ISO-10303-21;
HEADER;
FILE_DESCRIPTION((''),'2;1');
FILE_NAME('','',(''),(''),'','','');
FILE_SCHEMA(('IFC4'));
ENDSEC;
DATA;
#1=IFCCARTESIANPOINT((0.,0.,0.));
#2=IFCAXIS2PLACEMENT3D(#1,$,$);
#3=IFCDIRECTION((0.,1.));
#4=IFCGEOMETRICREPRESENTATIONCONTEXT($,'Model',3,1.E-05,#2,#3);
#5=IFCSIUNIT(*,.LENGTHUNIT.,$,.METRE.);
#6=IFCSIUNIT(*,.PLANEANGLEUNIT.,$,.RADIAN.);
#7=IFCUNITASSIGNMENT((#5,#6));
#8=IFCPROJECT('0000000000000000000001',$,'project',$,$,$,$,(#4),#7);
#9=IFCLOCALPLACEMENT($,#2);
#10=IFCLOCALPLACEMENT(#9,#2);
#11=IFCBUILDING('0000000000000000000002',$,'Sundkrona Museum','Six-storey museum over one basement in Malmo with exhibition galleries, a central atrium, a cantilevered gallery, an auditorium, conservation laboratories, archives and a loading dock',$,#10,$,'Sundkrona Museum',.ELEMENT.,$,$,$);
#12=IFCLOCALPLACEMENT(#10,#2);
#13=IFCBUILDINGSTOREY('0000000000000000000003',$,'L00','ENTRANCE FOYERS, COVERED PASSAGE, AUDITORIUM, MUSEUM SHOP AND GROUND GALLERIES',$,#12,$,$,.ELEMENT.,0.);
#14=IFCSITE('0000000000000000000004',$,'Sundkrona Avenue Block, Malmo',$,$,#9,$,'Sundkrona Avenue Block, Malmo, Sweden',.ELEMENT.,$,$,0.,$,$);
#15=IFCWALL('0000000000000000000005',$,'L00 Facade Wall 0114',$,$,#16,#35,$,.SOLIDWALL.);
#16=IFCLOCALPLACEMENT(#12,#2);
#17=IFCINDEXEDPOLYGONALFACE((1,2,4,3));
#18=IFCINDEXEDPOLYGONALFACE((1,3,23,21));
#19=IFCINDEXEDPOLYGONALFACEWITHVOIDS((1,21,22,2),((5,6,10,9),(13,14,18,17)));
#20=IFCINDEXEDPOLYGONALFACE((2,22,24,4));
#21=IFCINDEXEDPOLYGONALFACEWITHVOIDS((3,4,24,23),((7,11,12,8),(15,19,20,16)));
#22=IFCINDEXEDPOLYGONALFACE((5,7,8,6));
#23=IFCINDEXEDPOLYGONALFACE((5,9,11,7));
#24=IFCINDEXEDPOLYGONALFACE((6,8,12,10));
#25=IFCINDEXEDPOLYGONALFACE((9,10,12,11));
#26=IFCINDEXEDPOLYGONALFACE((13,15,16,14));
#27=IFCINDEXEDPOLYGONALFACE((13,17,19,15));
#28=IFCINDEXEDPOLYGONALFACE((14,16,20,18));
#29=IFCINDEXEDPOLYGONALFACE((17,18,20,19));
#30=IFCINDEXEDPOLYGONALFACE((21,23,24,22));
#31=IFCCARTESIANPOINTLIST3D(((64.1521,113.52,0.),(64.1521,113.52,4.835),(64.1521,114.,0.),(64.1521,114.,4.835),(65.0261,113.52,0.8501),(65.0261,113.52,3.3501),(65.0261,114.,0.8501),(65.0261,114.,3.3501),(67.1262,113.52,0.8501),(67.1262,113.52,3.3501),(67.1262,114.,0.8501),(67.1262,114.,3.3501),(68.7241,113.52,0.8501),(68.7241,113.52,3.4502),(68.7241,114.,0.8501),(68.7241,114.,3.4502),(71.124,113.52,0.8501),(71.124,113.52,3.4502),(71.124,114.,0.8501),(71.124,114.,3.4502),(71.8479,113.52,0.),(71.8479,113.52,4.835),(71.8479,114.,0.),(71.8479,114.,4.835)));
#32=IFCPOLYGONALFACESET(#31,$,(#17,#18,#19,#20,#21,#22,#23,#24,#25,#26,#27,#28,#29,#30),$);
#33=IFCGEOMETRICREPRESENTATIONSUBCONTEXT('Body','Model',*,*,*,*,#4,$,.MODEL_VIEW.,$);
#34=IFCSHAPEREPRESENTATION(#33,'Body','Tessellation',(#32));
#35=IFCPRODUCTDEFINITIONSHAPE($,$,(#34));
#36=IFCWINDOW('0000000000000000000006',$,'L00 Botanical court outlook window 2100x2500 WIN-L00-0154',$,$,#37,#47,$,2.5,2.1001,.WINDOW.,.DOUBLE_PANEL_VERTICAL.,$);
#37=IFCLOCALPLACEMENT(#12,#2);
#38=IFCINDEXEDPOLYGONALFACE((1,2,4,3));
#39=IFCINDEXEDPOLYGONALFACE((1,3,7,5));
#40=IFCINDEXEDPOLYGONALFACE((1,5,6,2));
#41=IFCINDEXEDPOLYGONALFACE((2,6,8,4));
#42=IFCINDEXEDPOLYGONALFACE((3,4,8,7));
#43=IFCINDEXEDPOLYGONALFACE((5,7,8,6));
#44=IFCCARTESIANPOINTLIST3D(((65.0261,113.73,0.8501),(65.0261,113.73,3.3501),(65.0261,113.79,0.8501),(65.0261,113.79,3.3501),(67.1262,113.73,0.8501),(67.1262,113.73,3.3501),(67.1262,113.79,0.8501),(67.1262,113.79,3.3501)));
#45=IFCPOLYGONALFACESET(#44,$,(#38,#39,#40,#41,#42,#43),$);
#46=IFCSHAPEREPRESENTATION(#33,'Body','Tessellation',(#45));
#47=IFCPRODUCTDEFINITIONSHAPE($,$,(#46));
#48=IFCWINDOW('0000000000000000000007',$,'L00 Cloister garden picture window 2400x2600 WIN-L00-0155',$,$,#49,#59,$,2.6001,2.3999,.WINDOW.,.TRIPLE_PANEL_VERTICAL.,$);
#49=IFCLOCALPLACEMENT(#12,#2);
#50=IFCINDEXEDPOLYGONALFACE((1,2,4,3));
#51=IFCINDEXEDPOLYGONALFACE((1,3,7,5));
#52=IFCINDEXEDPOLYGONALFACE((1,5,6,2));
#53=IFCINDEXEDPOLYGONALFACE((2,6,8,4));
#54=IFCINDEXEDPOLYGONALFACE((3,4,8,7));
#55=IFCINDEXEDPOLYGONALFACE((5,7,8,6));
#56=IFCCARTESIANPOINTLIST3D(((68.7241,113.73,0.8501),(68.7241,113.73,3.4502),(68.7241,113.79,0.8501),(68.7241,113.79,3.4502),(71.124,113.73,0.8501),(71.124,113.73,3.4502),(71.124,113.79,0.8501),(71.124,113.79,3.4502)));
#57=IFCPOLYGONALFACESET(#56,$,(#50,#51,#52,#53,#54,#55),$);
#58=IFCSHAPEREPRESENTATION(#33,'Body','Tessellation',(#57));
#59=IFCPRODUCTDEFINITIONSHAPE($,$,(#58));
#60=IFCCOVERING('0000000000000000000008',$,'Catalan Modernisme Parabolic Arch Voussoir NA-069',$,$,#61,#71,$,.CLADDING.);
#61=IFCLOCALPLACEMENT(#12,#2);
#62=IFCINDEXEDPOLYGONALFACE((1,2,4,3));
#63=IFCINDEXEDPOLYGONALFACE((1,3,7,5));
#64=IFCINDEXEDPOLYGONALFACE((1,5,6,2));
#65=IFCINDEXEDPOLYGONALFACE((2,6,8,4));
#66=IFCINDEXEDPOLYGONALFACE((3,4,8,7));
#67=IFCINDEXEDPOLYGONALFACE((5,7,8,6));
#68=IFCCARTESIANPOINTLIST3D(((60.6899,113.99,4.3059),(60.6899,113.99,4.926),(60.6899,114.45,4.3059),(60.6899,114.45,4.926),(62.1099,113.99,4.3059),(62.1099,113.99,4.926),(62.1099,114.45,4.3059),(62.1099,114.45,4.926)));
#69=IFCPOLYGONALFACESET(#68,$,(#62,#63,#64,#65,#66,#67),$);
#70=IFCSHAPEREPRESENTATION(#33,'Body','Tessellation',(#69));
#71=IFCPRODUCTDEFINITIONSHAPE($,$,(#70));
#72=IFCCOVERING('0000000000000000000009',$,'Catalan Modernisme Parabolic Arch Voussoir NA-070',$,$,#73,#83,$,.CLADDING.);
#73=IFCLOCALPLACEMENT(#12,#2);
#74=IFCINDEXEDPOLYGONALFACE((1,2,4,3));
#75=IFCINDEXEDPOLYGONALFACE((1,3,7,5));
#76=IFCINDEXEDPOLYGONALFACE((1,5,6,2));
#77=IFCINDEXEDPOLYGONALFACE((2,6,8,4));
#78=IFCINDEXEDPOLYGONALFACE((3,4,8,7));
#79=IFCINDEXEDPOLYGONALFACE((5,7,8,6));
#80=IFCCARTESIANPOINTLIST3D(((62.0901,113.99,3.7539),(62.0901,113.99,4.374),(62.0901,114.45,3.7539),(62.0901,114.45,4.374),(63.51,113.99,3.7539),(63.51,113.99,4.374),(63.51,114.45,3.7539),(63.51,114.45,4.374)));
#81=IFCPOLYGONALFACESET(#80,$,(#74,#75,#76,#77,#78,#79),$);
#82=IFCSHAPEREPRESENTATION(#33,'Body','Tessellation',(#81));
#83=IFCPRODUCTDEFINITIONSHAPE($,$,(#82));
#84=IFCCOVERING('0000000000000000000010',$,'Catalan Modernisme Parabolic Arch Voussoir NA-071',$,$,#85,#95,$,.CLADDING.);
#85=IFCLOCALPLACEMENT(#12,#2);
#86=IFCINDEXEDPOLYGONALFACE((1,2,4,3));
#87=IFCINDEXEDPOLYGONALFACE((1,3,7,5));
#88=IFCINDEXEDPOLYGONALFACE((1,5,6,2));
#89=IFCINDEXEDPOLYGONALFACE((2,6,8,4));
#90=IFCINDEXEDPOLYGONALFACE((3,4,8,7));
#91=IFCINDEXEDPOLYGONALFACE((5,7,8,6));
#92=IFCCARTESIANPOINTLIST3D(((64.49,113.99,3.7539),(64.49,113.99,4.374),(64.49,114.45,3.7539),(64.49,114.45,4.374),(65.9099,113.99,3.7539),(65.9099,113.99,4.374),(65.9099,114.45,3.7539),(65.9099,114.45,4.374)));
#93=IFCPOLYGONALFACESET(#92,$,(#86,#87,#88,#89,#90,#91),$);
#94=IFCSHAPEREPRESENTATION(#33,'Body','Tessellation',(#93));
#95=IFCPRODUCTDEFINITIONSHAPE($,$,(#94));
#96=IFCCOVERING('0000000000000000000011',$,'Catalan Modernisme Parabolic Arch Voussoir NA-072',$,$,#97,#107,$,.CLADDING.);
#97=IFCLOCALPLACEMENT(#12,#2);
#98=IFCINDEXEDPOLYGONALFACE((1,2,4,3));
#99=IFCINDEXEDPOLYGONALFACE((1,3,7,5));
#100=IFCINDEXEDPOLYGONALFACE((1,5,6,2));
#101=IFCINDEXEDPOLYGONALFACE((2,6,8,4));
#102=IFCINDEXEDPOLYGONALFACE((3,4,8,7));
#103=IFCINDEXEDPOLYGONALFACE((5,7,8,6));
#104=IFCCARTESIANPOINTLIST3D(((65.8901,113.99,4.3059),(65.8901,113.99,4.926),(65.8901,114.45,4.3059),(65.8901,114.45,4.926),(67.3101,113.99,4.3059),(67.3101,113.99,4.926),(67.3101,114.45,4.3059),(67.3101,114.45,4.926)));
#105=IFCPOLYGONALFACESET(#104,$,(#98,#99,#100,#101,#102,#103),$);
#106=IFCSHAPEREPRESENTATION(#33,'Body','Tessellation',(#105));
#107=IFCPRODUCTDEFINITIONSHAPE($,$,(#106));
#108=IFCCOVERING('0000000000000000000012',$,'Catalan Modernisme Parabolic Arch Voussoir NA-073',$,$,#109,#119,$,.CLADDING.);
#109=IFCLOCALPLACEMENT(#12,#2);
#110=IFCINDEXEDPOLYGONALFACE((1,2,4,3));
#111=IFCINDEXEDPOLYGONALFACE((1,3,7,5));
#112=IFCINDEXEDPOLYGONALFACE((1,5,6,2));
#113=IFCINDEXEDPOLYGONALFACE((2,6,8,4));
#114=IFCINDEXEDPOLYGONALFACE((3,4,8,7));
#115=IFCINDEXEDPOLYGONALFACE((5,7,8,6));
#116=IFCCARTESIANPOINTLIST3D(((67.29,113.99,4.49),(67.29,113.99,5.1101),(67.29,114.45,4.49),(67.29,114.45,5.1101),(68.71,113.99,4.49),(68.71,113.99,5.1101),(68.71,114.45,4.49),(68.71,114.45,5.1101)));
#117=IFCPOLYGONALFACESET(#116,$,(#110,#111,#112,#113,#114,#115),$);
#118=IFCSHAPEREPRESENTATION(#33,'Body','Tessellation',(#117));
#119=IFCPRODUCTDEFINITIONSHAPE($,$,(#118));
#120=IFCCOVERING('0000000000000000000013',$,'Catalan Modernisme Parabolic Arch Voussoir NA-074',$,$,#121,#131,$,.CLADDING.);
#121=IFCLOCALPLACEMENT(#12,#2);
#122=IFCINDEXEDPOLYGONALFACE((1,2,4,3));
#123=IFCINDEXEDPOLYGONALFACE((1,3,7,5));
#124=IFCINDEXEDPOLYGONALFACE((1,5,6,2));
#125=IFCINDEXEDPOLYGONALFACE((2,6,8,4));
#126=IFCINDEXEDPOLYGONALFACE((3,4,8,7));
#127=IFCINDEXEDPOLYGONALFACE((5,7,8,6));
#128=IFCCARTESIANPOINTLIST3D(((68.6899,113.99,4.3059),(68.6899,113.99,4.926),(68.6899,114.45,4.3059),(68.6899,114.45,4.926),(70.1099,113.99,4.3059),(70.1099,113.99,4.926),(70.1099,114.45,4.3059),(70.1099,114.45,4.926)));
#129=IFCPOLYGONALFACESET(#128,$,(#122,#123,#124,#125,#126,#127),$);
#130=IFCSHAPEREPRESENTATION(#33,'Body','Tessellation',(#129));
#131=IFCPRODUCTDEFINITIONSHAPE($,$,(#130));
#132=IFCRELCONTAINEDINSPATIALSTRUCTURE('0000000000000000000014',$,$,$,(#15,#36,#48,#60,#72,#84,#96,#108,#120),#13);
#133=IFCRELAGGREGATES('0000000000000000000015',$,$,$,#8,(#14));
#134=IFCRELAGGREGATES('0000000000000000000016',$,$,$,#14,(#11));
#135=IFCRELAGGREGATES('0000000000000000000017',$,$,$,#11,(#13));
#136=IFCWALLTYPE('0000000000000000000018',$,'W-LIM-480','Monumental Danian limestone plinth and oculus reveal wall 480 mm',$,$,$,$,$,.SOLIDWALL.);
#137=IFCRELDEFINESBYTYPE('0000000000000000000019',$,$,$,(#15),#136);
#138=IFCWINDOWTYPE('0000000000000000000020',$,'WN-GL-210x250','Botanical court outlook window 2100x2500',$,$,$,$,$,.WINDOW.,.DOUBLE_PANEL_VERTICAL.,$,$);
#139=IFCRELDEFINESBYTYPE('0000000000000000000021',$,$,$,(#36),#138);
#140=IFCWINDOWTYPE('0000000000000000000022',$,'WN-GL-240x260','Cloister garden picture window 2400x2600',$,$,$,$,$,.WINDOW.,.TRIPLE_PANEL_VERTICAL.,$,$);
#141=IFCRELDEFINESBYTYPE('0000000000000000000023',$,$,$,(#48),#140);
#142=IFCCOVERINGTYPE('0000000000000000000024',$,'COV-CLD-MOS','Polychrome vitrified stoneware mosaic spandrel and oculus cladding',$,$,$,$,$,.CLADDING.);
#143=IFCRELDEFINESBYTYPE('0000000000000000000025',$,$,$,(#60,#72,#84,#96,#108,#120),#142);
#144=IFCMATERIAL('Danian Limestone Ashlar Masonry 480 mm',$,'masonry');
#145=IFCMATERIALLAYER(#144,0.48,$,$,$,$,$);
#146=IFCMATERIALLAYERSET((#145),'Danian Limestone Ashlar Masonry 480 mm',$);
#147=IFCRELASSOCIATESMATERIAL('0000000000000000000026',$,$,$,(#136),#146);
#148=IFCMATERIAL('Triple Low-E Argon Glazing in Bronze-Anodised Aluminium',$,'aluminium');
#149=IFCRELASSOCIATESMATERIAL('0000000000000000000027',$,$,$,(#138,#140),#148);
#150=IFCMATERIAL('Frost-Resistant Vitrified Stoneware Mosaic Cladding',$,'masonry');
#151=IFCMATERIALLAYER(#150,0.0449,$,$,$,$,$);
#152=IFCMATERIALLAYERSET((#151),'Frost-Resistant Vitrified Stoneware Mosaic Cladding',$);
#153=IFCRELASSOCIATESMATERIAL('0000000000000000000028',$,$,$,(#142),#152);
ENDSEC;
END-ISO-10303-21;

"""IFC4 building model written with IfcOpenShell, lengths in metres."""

from ifc_helpers import new_model, si_unit, direction, frame, frame_2d, origin, origin_2d, place, context, subcontext, project, spatial, rectangle, extrude, material, layer, layer_set, type_object, element, fill, save


model = new_model("IFC4")

# Units and contexts
model_context = context("Model", 3, precision=1e-05, world=origin(), true_north=direction((0.0, 1.0)))
body_context = subcontext(model_context, "Body", "Model", "MODEL_VIEW")
ifc_project = project(units=[si_unit("LENGTHUNIT", "METRE"), si_unit("PLANEANGLEUNIT", "RADIAN")], contexts=[model_context])

# Site, building, storey
site_placement = place(None, origin())
site = spatial("IfcSite", under=ifc_project, at=site_placement, Name="Sundkrona Avenue Block, Malmo", LongName="Sundkrona Avenue Block, Malmo, Sweden", CompositionType="ELEMENT", RefElevation=0.0)
building_placement = place(site_placement, origin())
building = spatial("IfcBuilding", under=site, at=building_placement, Name="Sundkrona Museum", Description="Six-storey museum over one basement in Malmo with exhibition galleries, a central atrium, a cantilevered gallery, an auditorium, conservation laboratories, archives and a loading dock", LongName="Sundkrona Museum", CompositionType="ELEMENT")
storey_placement = place(building_placement, origin())
storey = spatial("IfcBuildingStorey", under=building, at=storey_placement, Name="L00", Description="ENTRANCE FOYERS, COVERED PASSAGE, AUDITORIUM, MUSEUM SHOP AND GROUND GALLERIES", CompositionType="ELEMENT", Elevation=0.0)

# Wall, openings, windows
ifc_material_1 = material(Name="Danian Limestone Ashlar Masonry 480 mm", Category="masonry")
ifc_layer_1 = layer(ifc_material_1, 0.48)
ifc_layer_set_1 = layer_set([ifc_layer_1], Name="Danian Limestone Ashlar Masonry 480 mm")
wall_type = type_object("IfcWallType", Name="W-LIM-480", Description="Monumental Danian limestone plinth and oculus reveal wall 480 mm", PredefinedType="SOLIDWALL", material=ifc_layer_set_1)
wall_placement = place(storey_placement, frame((64.1521, 113.76, 0.0), z_axis=(0.0, 0.0, 1.0), x_axis=(1.0, 0.0, 0.0)))
wall = element("IfcWall", 1, at=wall_placement, inside=storey, type_object=wall_type, Name="L00 Facade Wall 0114", PredefinedType="SOLIDWALL", context=body_context, shape_type="SweptSolid", body=[
    extrude(rectangle(XDim=7.6958, YDim=0.48, at=frame_2d((3.8479, 0.0))), origin(), (0.0, 0.0, 1.0), 4.835),
])
opening_1_placement = place(wall_placement, frame((0.874, 0.0, 0.8501)))
opening_1 = element("IfcOpeningElement", 2, at=opening_1_placement, cuts=wall, PredefinedType="OPENING", context=body_context, shape_type="SweptSolid", body=[
    extrude(rectangle(XDim=2.1001, YDim=2.5, at=frame_2d((1.05, 1.25))), frame((0.0, 0.25, 0.0), z_axis=(0.0, -1.0, 0.0), x_axis=(1.0, 0.0, 0.0)), (0.0, 0.0, 1.0), 0.5),
])
opening_2_placement = place(wall_placement, frame((4.572, 0.0, 0.8501)))
opening_2 = element("IfcOpeningElement", 3, at=opening_2_placement, cuts=wall, PredefinedType="OPENING", context=body_context, shape_type="SweptSolid", body=[
    extrude(rectangle(XDim=2.3999, YDim=2.6001, at=frame_2d((1.2, 1.3))), frame((0.0, 0.25, 0.0), z_axis=(0.0, -1.0, 0.0), x_axis=(1.0, 0.0, 0.0)), (0.0, 0.0, 1.0), 0.5),
])
ifc_material_2 = material(Name="Triple Low-E Argon Glazing in Bronze-Anodised Aluminium", Category="aluminium")
window_type_1 = type_object("IfcWindowType", Name="WN-GL-210x250", Description="Botanical court outlook window 2100x2500", PartitioningType="DOUBLE_PANEL_VERTICAL", PredefinedType="WINDOW", material=ifc_material_2)
window_1_placement = place(opening_1_placement, origin())
window_1 = element("IfcWindow", 4, at=window_1_placement, inside=storey, type_object=window_type_1, Name="L00 Botanical court outlook window 2100x2500 WIN-L00-0154", OverallHeight=2.5, OverallWidth=2.1001, PartitioningType="DOUBLE_PANEL_VERTICAL", PredefinedType="WINDOW", context=body_context, shape_type="SweptSolid", body=[
    extrude(rectangle(XDim=2.1001, YDim=2.5, at=frame_2d((1.05, 1.25))), frame((0.0, 0.03, 0.0), z_axis=(0.0, -1.0, 0.0), x_axis=(1.0, 0.0, 0.0)), (0.0, 0.0, 1.0), 0.0601),
])
fill(opening_1, window_1)
window_type_2 = type_object("IfcWindowType", Name="WN-GL-240x260", Description="Cloister garden picture window 2400x2600", PartitioningType="TRIPLE_PANEL_VERTICAL", PredefinedType="WINDOW", material=ifc_material_2)
window_2_placement = place(opening_2_placement, origin())
window_2 = element("IfcWindow", 5, at=window_2_placement, inside=storey, type_object=window_type_2, Name="L00 Cloister garden picture window 2400x2600 WIN-L00-0155", OverallHeight=2.6001, OverallWidth=2.3999, PartitioningType="TRIPLE_PANEL_VERTICAL", PredefinedType="WINDOW", context=body_context, shape_type="SweptSolid", body=[
    extrude(rectangle(XDim=2.3999, YDim=2.6001, at=frame_2d((1.2, 1.3))), frame((0.0, 0.03, 0.0), z_axis=(0.0, -1.0, 0.0), x_axis=(1.0, 0.0, 0.0)), (0.0, 0.0, 1.0), 0.0601),
])
fill(opening_2, window_2)

# Coverings
ifc_material_3 = material(Name="Frost-Resistant Vitrified Stoneware Mosaic Cladding", Category="masonry")
ifc_layer_2 = layer(ifc_material_3, 0.0449)
ifc_layer_set_2 = layer_set([ifc_layer_2], Name="Frost-Resistant Vitrified Stoneware Mosaic Cladding")
covering_type = type_object("IfcCoveringType", Name="COV-CLD-MOS", Description="Polychrome vitrified stoneware mosaic spandrel and oculus cladding", PredefinedType="CLADDING", material=ifc_layer_set_2)
for number, where, z_axis, x_axis, name in (
    (6, (61.3999, 114.22, 4.3059), (0.0, 0.0, 1.0), (1.0, 0.0, 0.0), "Catalan Modernisme Parabolic Arch Voussoir NA-069"),
    (7, (62.8, 114.22, 3.7539), (0.0, 0.0, 1.0), (1.0, 0.0, 0.0), "Catalan Modernisme Parabolic Arch Voussoir NA-070"),
    (8, (65.2, 114.22, 3.7539), (0.0, 0.0, 1.0), (1.0, 0.0, 0.0), "Catalan Modernisme Parabolic Arch Voussoir NA-071"),
    (9, (66.6001, 114.22, 4.3059), (0.0, 0.0, 1.0), (1.0, 0.0, 0.0), "Catalan Modernisme Parabolic Arch Voussoir NA-072"),
    (10, (68.0, 114.22, 4.49), (0.0, 0.0, 1.0), (1.0, 0.0, 0.0), "Catalan Modernisme Parabolic Arch Voussoir NA-073"),
    (11, (69.3999, 114.22, 4.3059), (0.0, 0.0, 1.0), (1.0, 0.0, 0.0), "Catalan Modernisme Parabolic Arch Voussoir NA-074"),
):
    element("IfcCovering", number, at=place(storey_placement, frame(where, z_axis=z_axis, x_axis=x_axis)), inside=storey, type_object=covering_type, Name=name, PredefinedType="CLADDING", context=body_context, shape_type="SweptSolid", body=[
        extrude(rectangle(XDim=1.4199, YDim=0.46, at=origin_2d()), origin(), (0.0, 0.0, 1.0), 0.6201),
    ])

save(model, "model.ifc")
